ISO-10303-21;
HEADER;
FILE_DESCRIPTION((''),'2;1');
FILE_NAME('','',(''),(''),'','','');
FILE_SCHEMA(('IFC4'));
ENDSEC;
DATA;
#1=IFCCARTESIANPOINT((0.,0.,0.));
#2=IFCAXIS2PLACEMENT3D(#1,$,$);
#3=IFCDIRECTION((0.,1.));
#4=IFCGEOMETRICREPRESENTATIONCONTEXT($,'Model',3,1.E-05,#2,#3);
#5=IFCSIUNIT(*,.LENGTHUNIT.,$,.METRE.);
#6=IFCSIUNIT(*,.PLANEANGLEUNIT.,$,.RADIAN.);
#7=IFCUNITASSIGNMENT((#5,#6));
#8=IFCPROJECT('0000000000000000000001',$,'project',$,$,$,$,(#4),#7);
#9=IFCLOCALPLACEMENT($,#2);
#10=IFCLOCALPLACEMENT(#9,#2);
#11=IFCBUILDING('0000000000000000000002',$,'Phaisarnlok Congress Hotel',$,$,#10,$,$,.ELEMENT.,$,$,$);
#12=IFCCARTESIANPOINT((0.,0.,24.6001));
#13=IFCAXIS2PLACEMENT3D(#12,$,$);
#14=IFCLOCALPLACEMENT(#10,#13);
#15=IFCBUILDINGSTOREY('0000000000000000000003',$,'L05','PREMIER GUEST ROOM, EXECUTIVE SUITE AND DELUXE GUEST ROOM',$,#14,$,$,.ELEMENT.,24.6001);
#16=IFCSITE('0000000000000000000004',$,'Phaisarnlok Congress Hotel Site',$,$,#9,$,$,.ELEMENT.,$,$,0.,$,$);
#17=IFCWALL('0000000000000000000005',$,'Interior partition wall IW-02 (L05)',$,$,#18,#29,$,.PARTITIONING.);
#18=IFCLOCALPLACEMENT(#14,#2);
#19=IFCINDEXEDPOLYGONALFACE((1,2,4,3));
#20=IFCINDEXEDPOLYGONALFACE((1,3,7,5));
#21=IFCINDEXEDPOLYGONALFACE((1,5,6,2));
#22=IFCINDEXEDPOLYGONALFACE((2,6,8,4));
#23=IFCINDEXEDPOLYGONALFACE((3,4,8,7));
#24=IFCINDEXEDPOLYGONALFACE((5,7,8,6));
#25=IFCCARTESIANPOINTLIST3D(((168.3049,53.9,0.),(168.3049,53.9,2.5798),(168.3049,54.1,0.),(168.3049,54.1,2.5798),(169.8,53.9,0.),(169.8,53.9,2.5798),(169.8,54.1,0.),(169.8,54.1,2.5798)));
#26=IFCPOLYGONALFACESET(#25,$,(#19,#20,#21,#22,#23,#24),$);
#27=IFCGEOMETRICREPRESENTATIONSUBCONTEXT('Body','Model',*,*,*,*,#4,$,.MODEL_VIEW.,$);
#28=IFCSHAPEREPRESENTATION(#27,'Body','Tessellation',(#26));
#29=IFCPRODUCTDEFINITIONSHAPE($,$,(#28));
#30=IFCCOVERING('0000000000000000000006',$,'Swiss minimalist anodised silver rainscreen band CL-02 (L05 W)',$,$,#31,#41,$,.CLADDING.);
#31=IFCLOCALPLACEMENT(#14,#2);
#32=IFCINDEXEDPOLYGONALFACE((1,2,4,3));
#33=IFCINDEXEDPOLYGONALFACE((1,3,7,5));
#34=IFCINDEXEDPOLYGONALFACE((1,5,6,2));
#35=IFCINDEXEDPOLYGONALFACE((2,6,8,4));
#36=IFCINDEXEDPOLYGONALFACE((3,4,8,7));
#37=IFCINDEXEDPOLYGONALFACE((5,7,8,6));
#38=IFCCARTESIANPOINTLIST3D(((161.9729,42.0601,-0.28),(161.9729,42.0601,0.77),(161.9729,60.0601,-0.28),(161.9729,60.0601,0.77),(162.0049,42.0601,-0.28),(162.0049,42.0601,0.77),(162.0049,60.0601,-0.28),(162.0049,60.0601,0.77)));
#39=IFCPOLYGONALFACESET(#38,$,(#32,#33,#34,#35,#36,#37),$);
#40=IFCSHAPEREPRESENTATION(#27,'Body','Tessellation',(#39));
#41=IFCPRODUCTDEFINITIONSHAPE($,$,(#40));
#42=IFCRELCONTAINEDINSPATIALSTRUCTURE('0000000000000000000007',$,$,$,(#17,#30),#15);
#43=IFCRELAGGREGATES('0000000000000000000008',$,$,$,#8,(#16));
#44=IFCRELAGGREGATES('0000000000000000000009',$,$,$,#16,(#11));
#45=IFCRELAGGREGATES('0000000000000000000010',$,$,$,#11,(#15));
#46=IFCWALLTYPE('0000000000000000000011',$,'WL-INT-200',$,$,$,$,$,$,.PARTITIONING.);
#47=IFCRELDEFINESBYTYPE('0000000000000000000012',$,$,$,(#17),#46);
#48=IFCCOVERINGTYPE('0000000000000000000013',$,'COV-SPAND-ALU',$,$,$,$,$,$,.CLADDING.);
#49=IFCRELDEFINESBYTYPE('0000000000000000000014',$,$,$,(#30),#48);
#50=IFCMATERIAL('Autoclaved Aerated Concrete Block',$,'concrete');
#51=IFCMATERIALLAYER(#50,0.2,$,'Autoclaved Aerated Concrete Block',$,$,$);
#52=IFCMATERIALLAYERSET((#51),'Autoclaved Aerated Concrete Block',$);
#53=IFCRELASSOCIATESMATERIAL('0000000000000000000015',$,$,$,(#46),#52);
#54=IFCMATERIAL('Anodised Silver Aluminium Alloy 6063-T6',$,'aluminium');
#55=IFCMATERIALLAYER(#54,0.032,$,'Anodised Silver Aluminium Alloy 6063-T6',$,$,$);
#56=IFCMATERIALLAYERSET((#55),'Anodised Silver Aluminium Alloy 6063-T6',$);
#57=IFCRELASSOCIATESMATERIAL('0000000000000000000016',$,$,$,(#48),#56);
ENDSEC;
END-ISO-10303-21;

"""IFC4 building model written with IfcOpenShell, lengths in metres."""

from ifc_helpers import new_model, si_unit, direction, frame, frame_2d, origin, place, context, subcontext, project, spatial, polyline, rectangle, outline, extrude, material, layer, layer_set, type_object, element, save


model = new_model("IFC4")

# Units and contexts
model_context = context("Model", 3, precision=1e-05, world=origin(), true_north=direction((0.0, 1.0)))
body_context = subcontext(model_context, "Body", "Model", "MODEL_VIEW")
ifc_project = project(units=[si_unit("LENGTHUNIT", "METRE"), si_unit("PLANEANGLEUNIT", "RADIAN")], contexts=[model_context])

# Site, building, storey
site_placement = place(None, origin())
site = spatial("IfcSite", under=ifc_project, at=site_placement, Name="Phaisarnlok Congress Hotel Site", CompositionType="ELEMENT", RefElevation=0.0)
building_placement = place(site_placement, origin())
building = spatial("IfcBuilding", under=site, at=building_placement, Name="Phaisarnlok Congress Hotel", CompositionType="ELEMENT")
storey_placement = place(building_placement, frame((0.0, 0.0, 24.6001)))
storey = spatial("IfcBuildingStorey", under=building, at=storey_placement, Name="L05", Description="PREMIER GUEST ROOM, EXECUTIVE SUITE AND DELUXE GUEST ROOM", CompositionType="ELEMENT", Elevation=24.6001)

# Wall
ifc_material_1 = material(Name="Autoclaved Aerated Concrete Block", Category="concrete")
ifc_layer_1 = layer(ifc_material_1, 0.2, Name="Autoclaved Aerated Concrete Block")
ifc_layer_set_1 = layer_set([ifc_layer_1], Name="Autoclaved Aerated Concrete Block")
wall_type_1 = type_object("IfcWallType", Name="WL-INT-200", PredefinedType="PARTITIONING", material=ifc_layer_set_1)
wall_1_placement = place(storey_placement, frame((168.3049, 54.0, 0.0), z_axis=(0.0, 0.0, 1.0), x_axis=(1.0, 0.0, 0.0)))
element("IfcWall", 1, at=wall_1_placement, inside=storey, type_object=wall_type_1, Name="Interior partition wall IW-02 (L05)", PredefinedType="PARTITIONING", context=body_context, shape_type="SweptSolid", body=[
    extrude(rectangle(XDim=1.4951, YDim=0.2, at=frame_2d((0.7476, 0.0))), origin(), (0.0, 0.0, 1.0), 2.5798),
])

# Covering
ifc_material_2 = material(Name="Anodised Silver Aluminium Alloy 6063-T6", Category="aluminium")
ifc_layer_2 = layer(ifc_material_2, 0.032, Name="Anodised Silver Aluminium Alloy 6063-T6")
ifc_layer_set_2 = layer_set([ifc_layer_2], Name="Anodised Silver Aluminium Alloy 6063-T6")
covering_type = type_object("IfcCoveringType", Name="COV-SPAND-ALU", PredefinedType="CLADDING", material=ifc_layer_set_2)
covering_placement = place(storey_placement, frame((162.0049, 60.0601, -0.28), z_axis=(-1.0, 0.0, 0.0), x_axis=(0.0, -1.0, 0.0)))
element("IfcCovering", 2, at=covering_placement, inside=storey, type_object=covering_type, Name="Swiss minimalist anodised silver rainscreen band CL-02 (L05 W)", PredefinedType="CLADDING", context=body_context, shape_type="SweptSolid", body=[
    extrude(outline(polyline([(0.0, 0.0), (18.0, 0.0), (18.0, 1.05), (0.0, 1.05), (0.0, 0.0)])), origin(), (0.0, 0.0, 1.0), 0.032),
])

save(model, "model.ifc")
